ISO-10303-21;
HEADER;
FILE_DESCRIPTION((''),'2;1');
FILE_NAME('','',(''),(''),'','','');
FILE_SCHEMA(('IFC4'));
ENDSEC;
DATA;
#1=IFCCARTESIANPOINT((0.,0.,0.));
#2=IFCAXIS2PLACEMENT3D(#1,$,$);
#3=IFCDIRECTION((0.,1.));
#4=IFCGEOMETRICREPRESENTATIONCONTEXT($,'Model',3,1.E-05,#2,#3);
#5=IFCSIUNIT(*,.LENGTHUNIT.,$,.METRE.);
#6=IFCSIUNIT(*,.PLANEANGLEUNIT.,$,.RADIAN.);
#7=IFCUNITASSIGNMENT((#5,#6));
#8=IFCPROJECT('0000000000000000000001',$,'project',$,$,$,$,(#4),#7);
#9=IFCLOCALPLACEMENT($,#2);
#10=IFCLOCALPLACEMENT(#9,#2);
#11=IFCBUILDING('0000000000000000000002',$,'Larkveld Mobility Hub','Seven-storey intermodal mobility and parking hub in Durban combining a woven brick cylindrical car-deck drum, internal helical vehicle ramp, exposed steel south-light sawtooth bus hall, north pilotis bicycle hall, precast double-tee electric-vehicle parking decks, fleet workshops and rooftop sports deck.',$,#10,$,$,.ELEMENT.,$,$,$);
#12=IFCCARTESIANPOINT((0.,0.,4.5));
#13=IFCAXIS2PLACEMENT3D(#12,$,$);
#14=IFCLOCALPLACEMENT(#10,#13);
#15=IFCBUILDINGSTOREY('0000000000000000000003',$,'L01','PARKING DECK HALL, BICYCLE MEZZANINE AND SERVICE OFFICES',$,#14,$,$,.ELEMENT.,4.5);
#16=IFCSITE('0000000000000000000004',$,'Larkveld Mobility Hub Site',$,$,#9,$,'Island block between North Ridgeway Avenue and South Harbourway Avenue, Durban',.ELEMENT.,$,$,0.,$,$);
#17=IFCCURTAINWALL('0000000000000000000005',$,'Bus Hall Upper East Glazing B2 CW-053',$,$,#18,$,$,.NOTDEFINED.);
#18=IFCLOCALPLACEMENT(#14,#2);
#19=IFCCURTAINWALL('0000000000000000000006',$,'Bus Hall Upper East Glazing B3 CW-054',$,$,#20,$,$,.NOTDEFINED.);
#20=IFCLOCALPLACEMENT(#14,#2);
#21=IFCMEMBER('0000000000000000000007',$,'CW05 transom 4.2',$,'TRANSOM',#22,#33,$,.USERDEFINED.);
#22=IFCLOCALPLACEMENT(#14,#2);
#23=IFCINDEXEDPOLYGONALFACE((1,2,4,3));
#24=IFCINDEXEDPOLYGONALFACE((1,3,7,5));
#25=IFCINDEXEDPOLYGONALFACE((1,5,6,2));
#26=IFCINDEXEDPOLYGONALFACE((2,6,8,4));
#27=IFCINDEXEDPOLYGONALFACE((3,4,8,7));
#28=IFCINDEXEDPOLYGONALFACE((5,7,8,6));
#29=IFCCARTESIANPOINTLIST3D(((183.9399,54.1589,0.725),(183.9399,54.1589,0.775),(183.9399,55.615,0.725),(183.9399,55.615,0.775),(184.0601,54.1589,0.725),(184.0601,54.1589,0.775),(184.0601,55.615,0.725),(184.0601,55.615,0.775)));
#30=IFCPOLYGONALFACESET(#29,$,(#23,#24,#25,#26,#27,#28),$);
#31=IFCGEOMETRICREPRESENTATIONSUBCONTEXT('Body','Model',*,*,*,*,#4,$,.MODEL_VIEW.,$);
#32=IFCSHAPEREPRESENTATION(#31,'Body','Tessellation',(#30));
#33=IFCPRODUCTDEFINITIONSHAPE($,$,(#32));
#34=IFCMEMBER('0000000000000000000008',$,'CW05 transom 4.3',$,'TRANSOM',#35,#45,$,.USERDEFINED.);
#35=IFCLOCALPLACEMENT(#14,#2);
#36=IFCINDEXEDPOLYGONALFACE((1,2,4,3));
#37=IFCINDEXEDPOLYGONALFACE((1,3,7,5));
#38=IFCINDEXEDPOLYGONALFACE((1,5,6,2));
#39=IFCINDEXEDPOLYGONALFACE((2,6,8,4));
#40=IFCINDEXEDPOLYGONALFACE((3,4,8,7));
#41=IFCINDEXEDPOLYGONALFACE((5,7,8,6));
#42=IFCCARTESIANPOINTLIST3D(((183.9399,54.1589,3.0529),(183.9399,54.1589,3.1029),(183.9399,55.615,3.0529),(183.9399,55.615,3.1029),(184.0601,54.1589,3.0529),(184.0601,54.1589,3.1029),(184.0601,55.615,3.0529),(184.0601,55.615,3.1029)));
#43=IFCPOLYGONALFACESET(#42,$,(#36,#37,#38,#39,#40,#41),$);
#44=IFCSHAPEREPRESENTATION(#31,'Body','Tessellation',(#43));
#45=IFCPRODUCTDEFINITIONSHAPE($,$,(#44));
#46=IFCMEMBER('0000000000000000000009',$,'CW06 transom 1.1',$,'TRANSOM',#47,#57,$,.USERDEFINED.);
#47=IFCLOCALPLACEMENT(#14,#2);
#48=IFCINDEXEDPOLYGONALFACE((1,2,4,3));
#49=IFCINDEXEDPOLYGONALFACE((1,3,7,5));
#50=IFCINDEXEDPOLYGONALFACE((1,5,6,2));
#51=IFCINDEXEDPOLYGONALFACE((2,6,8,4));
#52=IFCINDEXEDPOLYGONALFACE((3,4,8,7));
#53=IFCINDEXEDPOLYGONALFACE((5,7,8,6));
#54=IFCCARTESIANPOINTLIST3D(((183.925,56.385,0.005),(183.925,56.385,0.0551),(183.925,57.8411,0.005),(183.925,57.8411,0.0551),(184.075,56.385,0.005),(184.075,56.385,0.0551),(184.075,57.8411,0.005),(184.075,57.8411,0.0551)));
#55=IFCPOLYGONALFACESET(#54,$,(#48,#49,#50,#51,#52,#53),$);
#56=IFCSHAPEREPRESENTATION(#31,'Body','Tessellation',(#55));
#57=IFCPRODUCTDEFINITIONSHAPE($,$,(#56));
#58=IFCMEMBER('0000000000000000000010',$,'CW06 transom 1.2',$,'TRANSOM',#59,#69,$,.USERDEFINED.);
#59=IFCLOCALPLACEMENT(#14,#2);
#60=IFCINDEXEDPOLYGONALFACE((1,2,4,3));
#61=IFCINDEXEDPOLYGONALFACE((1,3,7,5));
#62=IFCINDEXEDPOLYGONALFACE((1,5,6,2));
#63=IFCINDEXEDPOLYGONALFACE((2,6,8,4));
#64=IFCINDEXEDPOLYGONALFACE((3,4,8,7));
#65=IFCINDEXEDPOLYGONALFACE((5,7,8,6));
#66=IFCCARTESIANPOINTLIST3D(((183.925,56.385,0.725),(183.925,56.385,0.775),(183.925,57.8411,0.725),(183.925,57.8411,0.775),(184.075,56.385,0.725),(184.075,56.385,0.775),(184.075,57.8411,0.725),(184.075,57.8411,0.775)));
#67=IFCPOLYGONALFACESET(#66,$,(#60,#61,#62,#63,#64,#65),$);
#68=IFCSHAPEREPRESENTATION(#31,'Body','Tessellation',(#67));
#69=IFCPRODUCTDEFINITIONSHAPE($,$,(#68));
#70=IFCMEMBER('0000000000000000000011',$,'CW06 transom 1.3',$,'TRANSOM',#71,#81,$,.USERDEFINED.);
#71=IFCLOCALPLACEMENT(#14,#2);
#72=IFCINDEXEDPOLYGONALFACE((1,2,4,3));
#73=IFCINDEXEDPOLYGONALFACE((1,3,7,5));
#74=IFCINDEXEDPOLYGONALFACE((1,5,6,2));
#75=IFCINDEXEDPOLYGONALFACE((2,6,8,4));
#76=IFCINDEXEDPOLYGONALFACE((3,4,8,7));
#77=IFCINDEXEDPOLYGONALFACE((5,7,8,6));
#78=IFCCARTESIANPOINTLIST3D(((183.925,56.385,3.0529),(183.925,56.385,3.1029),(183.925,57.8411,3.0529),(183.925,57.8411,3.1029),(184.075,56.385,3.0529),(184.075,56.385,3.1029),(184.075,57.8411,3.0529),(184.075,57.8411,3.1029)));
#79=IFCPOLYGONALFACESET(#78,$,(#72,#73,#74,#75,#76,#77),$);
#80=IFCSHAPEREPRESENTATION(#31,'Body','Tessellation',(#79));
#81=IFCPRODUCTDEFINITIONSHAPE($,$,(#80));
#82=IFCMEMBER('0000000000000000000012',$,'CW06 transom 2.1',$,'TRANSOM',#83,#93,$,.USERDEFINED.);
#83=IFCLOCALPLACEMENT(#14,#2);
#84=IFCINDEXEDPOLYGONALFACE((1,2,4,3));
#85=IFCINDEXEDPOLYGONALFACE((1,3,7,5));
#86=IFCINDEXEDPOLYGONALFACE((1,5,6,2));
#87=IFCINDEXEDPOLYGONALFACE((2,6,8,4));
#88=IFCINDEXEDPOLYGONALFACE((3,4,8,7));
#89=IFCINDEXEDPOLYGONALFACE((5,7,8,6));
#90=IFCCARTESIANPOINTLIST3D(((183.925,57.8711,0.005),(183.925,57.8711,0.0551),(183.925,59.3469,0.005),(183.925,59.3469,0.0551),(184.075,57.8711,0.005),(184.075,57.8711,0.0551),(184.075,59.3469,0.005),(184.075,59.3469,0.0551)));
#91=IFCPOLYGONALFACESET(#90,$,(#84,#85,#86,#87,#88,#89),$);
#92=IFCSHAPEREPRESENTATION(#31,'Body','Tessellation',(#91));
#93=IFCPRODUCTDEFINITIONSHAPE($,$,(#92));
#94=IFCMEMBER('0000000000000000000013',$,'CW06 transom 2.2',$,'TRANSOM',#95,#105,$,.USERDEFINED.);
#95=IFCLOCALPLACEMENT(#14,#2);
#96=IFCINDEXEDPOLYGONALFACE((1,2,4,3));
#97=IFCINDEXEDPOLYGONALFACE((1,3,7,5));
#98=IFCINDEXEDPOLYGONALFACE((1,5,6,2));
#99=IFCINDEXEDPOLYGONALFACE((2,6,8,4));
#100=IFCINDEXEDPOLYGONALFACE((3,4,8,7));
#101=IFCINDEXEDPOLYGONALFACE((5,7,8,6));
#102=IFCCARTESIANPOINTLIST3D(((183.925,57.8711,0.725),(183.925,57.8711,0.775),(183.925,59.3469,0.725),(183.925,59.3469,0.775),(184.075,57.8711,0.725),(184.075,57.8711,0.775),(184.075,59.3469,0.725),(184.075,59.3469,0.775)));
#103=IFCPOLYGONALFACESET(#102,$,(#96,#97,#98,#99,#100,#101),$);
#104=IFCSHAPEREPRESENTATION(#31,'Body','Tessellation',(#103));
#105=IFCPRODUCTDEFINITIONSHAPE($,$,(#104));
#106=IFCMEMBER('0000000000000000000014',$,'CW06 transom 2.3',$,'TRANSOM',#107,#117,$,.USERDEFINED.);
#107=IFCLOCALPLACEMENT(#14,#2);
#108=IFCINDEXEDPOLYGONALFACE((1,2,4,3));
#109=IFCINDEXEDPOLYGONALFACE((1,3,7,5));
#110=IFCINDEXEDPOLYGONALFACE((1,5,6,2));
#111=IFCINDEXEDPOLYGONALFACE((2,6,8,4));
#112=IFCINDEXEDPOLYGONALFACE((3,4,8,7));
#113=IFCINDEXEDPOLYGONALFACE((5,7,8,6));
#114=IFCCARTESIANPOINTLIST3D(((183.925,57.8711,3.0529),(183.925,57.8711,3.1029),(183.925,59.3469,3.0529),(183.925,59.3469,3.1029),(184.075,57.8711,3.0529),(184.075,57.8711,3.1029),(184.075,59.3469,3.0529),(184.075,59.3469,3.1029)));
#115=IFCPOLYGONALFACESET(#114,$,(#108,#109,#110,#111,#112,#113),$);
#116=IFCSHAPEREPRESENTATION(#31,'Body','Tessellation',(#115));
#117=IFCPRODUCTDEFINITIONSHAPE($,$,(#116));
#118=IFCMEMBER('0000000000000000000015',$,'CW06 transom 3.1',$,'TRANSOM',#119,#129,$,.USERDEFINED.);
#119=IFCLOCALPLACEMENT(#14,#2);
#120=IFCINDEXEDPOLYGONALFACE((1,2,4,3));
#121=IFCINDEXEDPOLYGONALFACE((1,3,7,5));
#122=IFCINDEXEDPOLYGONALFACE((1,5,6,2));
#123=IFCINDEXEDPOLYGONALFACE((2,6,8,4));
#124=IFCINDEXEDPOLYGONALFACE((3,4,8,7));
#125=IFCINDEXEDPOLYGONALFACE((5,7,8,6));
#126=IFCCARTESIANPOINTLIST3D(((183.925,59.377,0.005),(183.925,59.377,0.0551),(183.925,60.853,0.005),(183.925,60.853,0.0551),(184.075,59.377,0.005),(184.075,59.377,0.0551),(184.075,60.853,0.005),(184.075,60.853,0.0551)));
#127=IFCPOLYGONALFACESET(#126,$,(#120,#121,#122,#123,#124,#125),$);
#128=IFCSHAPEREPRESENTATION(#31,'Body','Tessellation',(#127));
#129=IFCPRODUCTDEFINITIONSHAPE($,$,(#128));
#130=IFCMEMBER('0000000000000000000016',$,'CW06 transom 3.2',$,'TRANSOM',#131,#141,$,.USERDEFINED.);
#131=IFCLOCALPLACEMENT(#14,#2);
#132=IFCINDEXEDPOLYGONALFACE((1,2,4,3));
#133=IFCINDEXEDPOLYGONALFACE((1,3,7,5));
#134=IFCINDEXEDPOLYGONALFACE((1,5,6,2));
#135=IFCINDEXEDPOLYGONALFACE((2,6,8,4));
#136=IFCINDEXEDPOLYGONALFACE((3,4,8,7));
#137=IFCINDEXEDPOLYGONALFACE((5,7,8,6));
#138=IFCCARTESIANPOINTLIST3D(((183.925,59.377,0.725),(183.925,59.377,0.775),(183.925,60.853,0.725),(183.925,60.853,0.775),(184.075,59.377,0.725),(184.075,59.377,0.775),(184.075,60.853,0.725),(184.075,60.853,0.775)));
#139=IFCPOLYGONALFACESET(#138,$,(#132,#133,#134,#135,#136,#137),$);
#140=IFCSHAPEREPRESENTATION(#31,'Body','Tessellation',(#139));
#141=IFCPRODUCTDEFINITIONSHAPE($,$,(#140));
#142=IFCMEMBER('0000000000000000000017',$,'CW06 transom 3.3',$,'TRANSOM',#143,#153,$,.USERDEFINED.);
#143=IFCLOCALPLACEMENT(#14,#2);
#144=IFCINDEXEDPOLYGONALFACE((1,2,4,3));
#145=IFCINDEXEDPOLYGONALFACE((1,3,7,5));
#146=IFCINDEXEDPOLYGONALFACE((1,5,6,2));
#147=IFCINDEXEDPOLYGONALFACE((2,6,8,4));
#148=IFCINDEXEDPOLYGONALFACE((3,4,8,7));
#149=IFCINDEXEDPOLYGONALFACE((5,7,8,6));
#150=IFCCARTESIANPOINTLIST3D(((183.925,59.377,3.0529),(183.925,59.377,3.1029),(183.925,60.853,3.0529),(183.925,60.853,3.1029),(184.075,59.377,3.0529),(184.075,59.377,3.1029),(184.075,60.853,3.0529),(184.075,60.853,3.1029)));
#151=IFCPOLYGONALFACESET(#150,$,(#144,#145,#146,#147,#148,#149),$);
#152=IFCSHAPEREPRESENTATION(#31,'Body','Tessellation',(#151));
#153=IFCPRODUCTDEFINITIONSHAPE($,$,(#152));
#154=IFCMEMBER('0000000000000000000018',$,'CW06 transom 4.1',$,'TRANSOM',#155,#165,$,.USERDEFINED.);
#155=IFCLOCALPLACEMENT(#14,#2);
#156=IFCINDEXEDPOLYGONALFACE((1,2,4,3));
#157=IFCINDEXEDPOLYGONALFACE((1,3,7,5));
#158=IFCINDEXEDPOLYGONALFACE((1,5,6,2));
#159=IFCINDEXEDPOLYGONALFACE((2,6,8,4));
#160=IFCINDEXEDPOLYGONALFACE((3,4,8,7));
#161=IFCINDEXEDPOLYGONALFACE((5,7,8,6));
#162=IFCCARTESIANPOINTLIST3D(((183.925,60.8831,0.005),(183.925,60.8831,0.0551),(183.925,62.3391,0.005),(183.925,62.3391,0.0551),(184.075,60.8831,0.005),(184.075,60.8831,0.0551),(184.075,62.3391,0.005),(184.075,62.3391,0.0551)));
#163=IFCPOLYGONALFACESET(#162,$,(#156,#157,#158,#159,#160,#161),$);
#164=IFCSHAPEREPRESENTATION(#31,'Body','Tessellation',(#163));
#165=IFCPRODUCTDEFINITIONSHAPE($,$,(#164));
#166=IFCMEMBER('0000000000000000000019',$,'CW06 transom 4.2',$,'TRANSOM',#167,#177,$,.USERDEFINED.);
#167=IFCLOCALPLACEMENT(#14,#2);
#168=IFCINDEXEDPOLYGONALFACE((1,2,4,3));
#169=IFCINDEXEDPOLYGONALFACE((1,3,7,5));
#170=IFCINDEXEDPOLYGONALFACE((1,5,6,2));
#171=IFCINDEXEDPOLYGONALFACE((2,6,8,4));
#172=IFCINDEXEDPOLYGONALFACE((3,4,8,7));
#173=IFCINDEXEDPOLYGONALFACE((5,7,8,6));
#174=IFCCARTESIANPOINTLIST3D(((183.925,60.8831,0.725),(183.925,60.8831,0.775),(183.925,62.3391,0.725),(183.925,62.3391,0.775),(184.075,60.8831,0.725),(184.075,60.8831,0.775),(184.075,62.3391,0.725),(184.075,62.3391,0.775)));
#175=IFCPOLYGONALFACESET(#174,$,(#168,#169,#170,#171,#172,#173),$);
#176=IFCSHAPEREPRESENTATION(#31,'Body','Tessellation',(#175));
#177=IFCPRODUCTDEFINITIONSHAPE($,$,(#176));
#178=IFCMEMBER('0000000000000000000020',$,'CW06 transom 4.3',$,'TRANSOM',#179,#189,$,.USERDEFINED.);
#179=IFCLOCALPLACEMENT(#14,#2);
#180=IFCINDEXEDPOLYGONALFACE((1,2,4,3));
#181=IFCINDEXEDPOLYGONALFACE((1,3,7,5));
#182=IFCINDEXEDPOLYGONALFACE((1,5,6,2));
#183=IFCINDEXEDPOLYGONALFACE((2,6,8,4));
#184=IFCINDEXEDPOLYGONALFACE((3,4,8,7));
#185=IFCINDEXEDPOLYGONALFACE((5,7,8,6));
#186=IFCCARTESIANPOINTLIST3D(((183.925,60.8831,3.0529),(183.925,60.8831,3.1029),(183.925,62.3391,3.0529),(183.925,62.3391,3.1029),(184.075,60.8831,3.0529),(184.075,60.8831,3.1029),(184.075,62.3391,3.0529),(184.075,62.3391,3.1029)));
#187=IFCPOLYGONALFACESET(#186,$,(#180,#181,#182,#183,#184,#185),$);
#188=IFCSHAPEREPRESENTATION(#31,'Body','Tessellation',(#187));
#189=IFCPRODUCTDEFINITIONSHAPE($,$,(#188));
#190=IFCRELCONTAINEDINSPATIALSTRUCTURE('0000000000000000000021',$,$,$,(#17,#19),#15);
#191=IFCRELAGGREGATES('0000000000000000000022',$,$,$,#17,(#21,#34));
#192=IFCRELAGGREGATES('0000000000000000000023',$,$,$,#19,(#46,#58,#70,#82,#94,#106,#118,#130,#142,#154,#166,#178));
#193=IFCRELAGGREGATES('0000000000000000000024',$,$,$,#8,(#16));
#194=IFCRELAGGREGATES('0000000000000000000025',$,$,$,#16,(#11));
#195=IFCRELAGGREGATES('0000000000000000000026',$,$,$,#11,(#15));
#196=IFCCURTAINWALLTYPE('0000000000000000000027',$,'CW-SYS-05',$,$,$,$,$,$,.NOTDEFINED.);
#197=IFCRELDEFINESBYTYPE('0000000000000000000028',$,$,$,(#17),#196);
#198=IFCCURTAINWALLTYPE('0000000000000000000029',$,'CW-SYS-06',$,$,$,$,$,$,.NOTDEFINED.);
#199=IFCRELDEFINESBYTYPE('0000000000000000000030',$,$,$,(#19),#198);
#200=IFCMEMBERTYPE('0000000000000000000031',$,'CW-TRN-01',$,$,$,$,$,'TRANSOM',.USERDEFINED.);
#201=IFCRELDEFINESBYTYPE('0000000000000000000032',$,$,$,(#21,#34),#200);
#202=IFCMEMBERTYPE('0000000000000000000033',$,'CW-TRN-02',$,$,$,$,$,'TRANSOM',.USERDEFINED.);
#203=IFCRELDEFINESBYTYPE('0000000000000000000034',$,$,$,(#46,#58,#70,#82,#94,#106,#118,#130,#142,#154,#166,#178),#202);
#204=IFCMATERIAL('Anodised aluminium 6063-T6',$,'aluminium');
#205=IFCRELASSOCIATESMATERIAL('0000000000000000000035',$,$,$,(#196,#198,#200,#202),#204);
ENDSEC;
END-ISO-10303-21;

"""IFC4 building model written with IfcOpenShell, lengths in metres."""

from ifc_helpers import new_model, si_unit, direction, frame, origin, origin_2d, place, context, subcontext, project, spatial, rectangle, extrude, material, material_profile, profile_set, type_object, element, aggregate, save


model = new_model("IFC4")

# Units and contexts
model_context = context("Model", 3, precision=1e-05, world=origin(), true_north=direction((0.0, 1.0)))
body_context = subcontext(model_context, "Body", "Model", "MODEL_VIEW")
ifc_project = project(units=[si_unit("LENGTHUNIT", "METRE"), si_unit("PLANEANGLEUNIT", "RADIAN")], contexts=[model_context])

# Site, building, storey
site_placement = place(None, origin())
site = spatial("IfcSite", under=ifc_project, at=site_placement, Name="Larkveld Mobility Hub Site", LongName="Island block between North Ridgeway Avenue and South Harbourway Avenue, Durban", CompositionType="ELEMENT", RefElevation=0.0)
building_placement = place(site_placement, origin())
building = spatial("IfcBuilding", under=site, at=building_placement, Name="Larkveld Mobility Hub", Description="Seven-storey intermodal mobility and parking hub in Durban combining a woven brick cylindrical car-deck drum, internal helical vehicle ramp, exposed steel south-light sawtooth bus hall, north pilotis bicycle hall, precast double-tee electric-vehicle parking decks, fleet workshops and rooftop sports deck.", CompositionType="ELEMENT")
storey_placement = place(building_placement, frame((0.0, 0.0, 4.5)))
storey = spatial("IfcBuildingStorey", under=building, at=storey_placement, Name="L01", Description="PARKING DECK HALL, BICYCLE MEZZANINE AND SERVICE OFFICES", CompositionType="ELEMENT", Elevation=4.5)

# Curtain wall
ifc_material_1 = material(Name="Anodised aluminium 6063-T6", Category="aluminium")
curtain_wall_type_1 = type_object("IfcCurtainWallType", Name="CW-SYS-05", PredefinedType="NOTDEFINED", material=ifc_material_1)
curtain_wall_1_placement = place(storey_placement, origin())
curtain_wall_1 = element("IfcCurtainWall", 1, at=curtain_wall_1_placement, inside=storey, type_object=curtain_wall_type_1, Name="Bus Hall Upper East Glazing B2 CW-053", PredefinedType="NOTDEFINED")

# Curtain wall
curtain_wall_type_2 = type_object("IfcCurtainWallType", Name="CW-SYS-06", PredefinedType="NOTDEFINED", material=ifc_material_1)
curtain_wall_2_placement = place(storey_placement, origin())
curtain_wall_2 = element("IfcCurtainWall", 2, at=curtain_wall_2_placement, inside=storey, type_object=curtain_wall_type_2, Name="Bus Hall Upper East Glazing B3 CW-054", PredefinedType="NOTDEFINED")

# Members
ifc_material_profile_1 = material_profile(ifc_material_1, rectangle(XDim=0.1201, YDim=0.05, at=origin_2d()), Name="ALU TRAN 50x120")
ifc_profile_set_1 = profile_set([ifc_material_profile_1], Name="Anodised aluminium 6063-T6")
member_type_1 = type_object("IfcMemberType", Name="CW-TRN-01", ElementType="TRANSOM", PredefinedType="USERDEFINED", material=ifc_profile_set_1)
member_1_placement = place(storey_placement, frame((184.0, 54.1589, 0.75), z_axis=(0.0, 1.0, 0.0), x_axis=(-1.0, 0.0, 0.0)))
member_1 = element("IfcMember", 3, at=member_1_placement, type_object=member_type_1, Name="CW05 transom 4.2", ObjectType="TRANSOM", PredefinedType="USERDEFINED", context=body_context, shape_type="SweptSolid", body=[
    extrude(rectangle(XDim=0.1201, YDim=0.05, at=origin_2d()), origin(), (0.0, 0.0, 1.0), 1.4561),
])
member_2_placement = place(storey_placement, frame((184.0, 54.1589, 3.0779), z_axis=(0.0, 1.0, 0.0), x_axis=(-1.0, 0.0, 0.0)))
member_2 = element("IfcMember", 4, at=member_2_placement, type_object=member_type_1, Name="CW05 transom 4.3", ObjectType="TRANSOM", PredefinedType="USERDEFINED", context=body_context, shape_type="SweptSolid", body=[
    extrude(rectangle(XDim=0.1201, YDim=0.05, at=origin_2d()), origin(), (0.0, 0.0, 1.0), 1.4561),
])
ifc_material_profile_2 = material_profile(ifc_material_1, rectangle(XDim=0.1499, YDim=0.05, at=origin_2d()), Name="ALU TRAN 50x150")
ifc_profile_set_2 = profile_set([ifc_material_profile_2], Name="Anodised aluminium 6063-T6")
member_type_2 = type_object("IfcMemberType", Name="CW-TRN-02", ElementType="TRANSOM", PredefinedType="USERDEFINED", material=ifc_profile_set_2)
member_3_placement = place(storey_placement, frame((184.0, 56.385, 0.03), z_axis=(0.0, 1.0, 0.0), x_axis=(-1.0, 0.0, 0.0)))
member_3 = element("IfcMember", 5, at=member_3_placement, type_object=member_type_2, Name="CW06 transom 1.1", ObjectType="TRANSOM", PredefinedType="USERDEFINED", context=body_context, shape_type="SweptSolid", body=[
    extrude(rectangle(XDim=0.1499, YDim=0.05, at=origin_2d()), origin(), (0.0, 0.0, 1.0), 1.4561),
])
member_4_placement = place(storey_placement, frame((184.0, 56.385, 0.75), z_axis=(0.0, 1.0, 0.0), x_axis=(-1.0, 0.0, 0.0)))
member_4 = element("IfcMember", 6, at=member_4_placement, type_object=member_type_2, Name="CW06 transom 1.2", ObjectType="TRANSOM", PredefinedType="USERDEFINED", context=body_context, shape_type="SweptSolid", body=[
    extrude(rectangle(XDim=0.1499, YDim=0.05, at=origin_2d()), origin(), (0.0, 0.0, 1.0), 1.4561),
])
member_5_placement = place(storey_placement, frame((184.0, 56.385, 3.0779), z_axis=(0.0, 1.0, 0.0), x_axis=(-1.0, 0.0, 0.0)))
member_5 = element("IfcMember", 7, at=member_5_placement, type_object=member_type_2, Name="CW06 transom 1.3", ObjectType="TRANSOM", PredefinedType="USERDEFINED", context=body_context, shape_type="SweptSolid", body=[
    extrude(rectangle(XDim=0.1499, YDim=0.05, at=origin_2d()), origin(), (0.0, 0.0, 1.0), 1.4561),
])
member_6_placement = place(storey_placement, frame((184.0, 57.8711, 0.03), z_axis=(0.0, 1.0, 0.0), x_axis=(-1.0, 0.0, 0.0)))
member_6 = element("IfcMember", 8, at=member_6_placement, type_object=member_type_2, Name="CW06 transom 2.1", ObjectType="TRANSOM", PredefinedType="USERDEFINED", context=body_context, shape_type="SweptSolid", body=[
    extrude(rectangle(XDim=0.1499, YDim=0.05, at=origin_2d()), origin(), (0.0, 0.0, 1.0), 1.4758),
])
member_7_placement = place(storey_placement, frame((184.0, 57.8711, 0.75), z_axis=(0.0, 1.0, 0.0), x_axis=(-1.0, 0.0, 0.0)))
member_7 = element("IfcMember", 9, at=member_7_placement, type_object=member_type_2, Name="CW06 transom 2.2", ObjectType="TRANSOM", PredefinedType="USERDEFINED", context=body_context, shape_type="SweptSolid", body=[
    extrude(rectangle(XDim=0.1499, YDim=0.05, at=origin_2d()), origin(), (0.0, 0.0, 1.0), 1.4758),
])
member_8_placement = place(storey_placement, frame((184.0, 57.8711, 3.0779), z_axis=(0.0, 1.0, 0.0), x_axis=(-1.0, 0.0, 0.0)))
member_8 = element("IfcMember", 10, at=member_8_placement, type_object=member_type_2, Name="CW06 transom 2.3", ObjectType="TRANSOM", PredefinedType="USERDEFINED", context=body_context, shape_type="SweptSolid", body=[
    extrude(rectangle(XDim=0.1499, YDim=0.05, at=origin_2d()), origin(), (0.0, 0.0, 1.0), 1.4758),
])
member_9_placement = place(storey_placement, frame((184.0, 59.377, 0.03), z_axis=(0.0, 1.0, 0.0), x_axis=(-1.0, 0.0, 0.0)))
member_9 = element("IfcMember", 11, at=member_9_placement, type_object=member_type_2, Name="CW06 transom 3.1", ObjectType="TRANSOM", PredefinedType="USERDEFINED", context=body_context, shape_type="SweptSolid", body=[
    extrude(rectangle(XDim=0.1499, YDim=0.05, at=origin_2d()), origin(), (0.0, 0.0, 1.0), 1.4761),
])
member_10_placement = place(storey_placement, frame((184.0, 59.377, 0.75), z_axis=(0.0, 1.0, 0.0), x_axis=(-1.0, 0.0, 0.0)))
member_10 = element("IfcMember", 12, at=member_10_placement, type_object=member_type_2, Name="CW06 transom 3.2", ObjectType="TRANSOM", PredefinedType="USERDEFINED", context=body_context, shape_type="SweptSolid", body=[
    extrude(rectangle(XDim=0.1499, YDim=0.05, at=origin_2d()), origin(), (0.0, 0.0, 1.0), 1.4761),
])
member_11_placement = place(storey_placement, frame((184.0, 59.377, 3.0779), z_axis=(0.0, 1.0, 0.0), x_axis=(-1.0, 0.0, 0.0)))
member_11 = element("IfcMember", 13, at=member_11_placement, type_object=member_type_2, Name="CW06 transom 3.3", ObjectType="TRANSOM", PredefinedType="USERDEFINED", context=body_context, shape_type="SweptSolid", body=[
    extrude(rectangle(XDim=0.1499, YDim=0.05, at=origin_2d()), origin(), (0.0, 0.0, 1.0), 1.4761),
])
member_12_placement = place(storey_placement, frame((184.0, 60.8831, 0.03), z_axis=(0.0, 1.0, 0.0), x_axis=(-1.0, 0.0, 0.0)))
member_12 = element("IfcMember", 14, at=member_12_placement, type_object=member_type_2, Name="CW06 transom 4.1", ObjectType="TRANSOM", PredefinedType="USERDEFINED", context=body_context, shape_type="SweptSolid", body=[
    extrude(rectangle(XDim=0.1499, YDim=0.05, at=origin_2d()), origin(), (0.0, 0.0, 1.0), 1.4561),
])
member_13_placement = place(storey_placement, frame((184.0, 60.8831, 0.75), z_axis=(0.0, 1.0, 0.0), x_axis=(-1.0, 0.0, 0.0)))
member_13 = element("IfcMember", 15, at=member_13_placement, type_object=member_type_2, Name="CW06 transom 4.2", ObjectType="TRANSOM", PredefinedType="USERDEFINED", context=body_context, shape_type="SweptSolid", body=[
    extrude(rectangle(XDim=0.1499, YDim=0.05, at=origin_2d()), origin(), (0.0, 0.0, 1.0), 1.4561),
])
member_14_placement = place(storey_placement, frame((184.0, 60.8831, 3.0779), z_axis=(0.0, 1.0, 0.0), x_axis=(-1.0, 0.0, 0.0)))
member_14 = element("IfcMember", 16, at=member_14_placement, type_object=member_type_2, Name="CW06 transom 4.3", ObjectType="TRANSOM", PredefinedType="USERDEFINED", context=body_context, shape_type="SweptSolid", body=[
    extrude(rectangle(XDim=0.1499, YDim=0.05, at=origin_2d()), origin(), (0.0, 0.0, 1.0), 1.4561),
])

aggregate(curtain_wall_1, [member_1, member_2])
aggregate(curtain_wall_2, [member_3, member_4, member_5, member_6, member_7, member_8, member_9, member_10, member_11, member_12, member_13, member_14])

save(model, "model.ifc")
